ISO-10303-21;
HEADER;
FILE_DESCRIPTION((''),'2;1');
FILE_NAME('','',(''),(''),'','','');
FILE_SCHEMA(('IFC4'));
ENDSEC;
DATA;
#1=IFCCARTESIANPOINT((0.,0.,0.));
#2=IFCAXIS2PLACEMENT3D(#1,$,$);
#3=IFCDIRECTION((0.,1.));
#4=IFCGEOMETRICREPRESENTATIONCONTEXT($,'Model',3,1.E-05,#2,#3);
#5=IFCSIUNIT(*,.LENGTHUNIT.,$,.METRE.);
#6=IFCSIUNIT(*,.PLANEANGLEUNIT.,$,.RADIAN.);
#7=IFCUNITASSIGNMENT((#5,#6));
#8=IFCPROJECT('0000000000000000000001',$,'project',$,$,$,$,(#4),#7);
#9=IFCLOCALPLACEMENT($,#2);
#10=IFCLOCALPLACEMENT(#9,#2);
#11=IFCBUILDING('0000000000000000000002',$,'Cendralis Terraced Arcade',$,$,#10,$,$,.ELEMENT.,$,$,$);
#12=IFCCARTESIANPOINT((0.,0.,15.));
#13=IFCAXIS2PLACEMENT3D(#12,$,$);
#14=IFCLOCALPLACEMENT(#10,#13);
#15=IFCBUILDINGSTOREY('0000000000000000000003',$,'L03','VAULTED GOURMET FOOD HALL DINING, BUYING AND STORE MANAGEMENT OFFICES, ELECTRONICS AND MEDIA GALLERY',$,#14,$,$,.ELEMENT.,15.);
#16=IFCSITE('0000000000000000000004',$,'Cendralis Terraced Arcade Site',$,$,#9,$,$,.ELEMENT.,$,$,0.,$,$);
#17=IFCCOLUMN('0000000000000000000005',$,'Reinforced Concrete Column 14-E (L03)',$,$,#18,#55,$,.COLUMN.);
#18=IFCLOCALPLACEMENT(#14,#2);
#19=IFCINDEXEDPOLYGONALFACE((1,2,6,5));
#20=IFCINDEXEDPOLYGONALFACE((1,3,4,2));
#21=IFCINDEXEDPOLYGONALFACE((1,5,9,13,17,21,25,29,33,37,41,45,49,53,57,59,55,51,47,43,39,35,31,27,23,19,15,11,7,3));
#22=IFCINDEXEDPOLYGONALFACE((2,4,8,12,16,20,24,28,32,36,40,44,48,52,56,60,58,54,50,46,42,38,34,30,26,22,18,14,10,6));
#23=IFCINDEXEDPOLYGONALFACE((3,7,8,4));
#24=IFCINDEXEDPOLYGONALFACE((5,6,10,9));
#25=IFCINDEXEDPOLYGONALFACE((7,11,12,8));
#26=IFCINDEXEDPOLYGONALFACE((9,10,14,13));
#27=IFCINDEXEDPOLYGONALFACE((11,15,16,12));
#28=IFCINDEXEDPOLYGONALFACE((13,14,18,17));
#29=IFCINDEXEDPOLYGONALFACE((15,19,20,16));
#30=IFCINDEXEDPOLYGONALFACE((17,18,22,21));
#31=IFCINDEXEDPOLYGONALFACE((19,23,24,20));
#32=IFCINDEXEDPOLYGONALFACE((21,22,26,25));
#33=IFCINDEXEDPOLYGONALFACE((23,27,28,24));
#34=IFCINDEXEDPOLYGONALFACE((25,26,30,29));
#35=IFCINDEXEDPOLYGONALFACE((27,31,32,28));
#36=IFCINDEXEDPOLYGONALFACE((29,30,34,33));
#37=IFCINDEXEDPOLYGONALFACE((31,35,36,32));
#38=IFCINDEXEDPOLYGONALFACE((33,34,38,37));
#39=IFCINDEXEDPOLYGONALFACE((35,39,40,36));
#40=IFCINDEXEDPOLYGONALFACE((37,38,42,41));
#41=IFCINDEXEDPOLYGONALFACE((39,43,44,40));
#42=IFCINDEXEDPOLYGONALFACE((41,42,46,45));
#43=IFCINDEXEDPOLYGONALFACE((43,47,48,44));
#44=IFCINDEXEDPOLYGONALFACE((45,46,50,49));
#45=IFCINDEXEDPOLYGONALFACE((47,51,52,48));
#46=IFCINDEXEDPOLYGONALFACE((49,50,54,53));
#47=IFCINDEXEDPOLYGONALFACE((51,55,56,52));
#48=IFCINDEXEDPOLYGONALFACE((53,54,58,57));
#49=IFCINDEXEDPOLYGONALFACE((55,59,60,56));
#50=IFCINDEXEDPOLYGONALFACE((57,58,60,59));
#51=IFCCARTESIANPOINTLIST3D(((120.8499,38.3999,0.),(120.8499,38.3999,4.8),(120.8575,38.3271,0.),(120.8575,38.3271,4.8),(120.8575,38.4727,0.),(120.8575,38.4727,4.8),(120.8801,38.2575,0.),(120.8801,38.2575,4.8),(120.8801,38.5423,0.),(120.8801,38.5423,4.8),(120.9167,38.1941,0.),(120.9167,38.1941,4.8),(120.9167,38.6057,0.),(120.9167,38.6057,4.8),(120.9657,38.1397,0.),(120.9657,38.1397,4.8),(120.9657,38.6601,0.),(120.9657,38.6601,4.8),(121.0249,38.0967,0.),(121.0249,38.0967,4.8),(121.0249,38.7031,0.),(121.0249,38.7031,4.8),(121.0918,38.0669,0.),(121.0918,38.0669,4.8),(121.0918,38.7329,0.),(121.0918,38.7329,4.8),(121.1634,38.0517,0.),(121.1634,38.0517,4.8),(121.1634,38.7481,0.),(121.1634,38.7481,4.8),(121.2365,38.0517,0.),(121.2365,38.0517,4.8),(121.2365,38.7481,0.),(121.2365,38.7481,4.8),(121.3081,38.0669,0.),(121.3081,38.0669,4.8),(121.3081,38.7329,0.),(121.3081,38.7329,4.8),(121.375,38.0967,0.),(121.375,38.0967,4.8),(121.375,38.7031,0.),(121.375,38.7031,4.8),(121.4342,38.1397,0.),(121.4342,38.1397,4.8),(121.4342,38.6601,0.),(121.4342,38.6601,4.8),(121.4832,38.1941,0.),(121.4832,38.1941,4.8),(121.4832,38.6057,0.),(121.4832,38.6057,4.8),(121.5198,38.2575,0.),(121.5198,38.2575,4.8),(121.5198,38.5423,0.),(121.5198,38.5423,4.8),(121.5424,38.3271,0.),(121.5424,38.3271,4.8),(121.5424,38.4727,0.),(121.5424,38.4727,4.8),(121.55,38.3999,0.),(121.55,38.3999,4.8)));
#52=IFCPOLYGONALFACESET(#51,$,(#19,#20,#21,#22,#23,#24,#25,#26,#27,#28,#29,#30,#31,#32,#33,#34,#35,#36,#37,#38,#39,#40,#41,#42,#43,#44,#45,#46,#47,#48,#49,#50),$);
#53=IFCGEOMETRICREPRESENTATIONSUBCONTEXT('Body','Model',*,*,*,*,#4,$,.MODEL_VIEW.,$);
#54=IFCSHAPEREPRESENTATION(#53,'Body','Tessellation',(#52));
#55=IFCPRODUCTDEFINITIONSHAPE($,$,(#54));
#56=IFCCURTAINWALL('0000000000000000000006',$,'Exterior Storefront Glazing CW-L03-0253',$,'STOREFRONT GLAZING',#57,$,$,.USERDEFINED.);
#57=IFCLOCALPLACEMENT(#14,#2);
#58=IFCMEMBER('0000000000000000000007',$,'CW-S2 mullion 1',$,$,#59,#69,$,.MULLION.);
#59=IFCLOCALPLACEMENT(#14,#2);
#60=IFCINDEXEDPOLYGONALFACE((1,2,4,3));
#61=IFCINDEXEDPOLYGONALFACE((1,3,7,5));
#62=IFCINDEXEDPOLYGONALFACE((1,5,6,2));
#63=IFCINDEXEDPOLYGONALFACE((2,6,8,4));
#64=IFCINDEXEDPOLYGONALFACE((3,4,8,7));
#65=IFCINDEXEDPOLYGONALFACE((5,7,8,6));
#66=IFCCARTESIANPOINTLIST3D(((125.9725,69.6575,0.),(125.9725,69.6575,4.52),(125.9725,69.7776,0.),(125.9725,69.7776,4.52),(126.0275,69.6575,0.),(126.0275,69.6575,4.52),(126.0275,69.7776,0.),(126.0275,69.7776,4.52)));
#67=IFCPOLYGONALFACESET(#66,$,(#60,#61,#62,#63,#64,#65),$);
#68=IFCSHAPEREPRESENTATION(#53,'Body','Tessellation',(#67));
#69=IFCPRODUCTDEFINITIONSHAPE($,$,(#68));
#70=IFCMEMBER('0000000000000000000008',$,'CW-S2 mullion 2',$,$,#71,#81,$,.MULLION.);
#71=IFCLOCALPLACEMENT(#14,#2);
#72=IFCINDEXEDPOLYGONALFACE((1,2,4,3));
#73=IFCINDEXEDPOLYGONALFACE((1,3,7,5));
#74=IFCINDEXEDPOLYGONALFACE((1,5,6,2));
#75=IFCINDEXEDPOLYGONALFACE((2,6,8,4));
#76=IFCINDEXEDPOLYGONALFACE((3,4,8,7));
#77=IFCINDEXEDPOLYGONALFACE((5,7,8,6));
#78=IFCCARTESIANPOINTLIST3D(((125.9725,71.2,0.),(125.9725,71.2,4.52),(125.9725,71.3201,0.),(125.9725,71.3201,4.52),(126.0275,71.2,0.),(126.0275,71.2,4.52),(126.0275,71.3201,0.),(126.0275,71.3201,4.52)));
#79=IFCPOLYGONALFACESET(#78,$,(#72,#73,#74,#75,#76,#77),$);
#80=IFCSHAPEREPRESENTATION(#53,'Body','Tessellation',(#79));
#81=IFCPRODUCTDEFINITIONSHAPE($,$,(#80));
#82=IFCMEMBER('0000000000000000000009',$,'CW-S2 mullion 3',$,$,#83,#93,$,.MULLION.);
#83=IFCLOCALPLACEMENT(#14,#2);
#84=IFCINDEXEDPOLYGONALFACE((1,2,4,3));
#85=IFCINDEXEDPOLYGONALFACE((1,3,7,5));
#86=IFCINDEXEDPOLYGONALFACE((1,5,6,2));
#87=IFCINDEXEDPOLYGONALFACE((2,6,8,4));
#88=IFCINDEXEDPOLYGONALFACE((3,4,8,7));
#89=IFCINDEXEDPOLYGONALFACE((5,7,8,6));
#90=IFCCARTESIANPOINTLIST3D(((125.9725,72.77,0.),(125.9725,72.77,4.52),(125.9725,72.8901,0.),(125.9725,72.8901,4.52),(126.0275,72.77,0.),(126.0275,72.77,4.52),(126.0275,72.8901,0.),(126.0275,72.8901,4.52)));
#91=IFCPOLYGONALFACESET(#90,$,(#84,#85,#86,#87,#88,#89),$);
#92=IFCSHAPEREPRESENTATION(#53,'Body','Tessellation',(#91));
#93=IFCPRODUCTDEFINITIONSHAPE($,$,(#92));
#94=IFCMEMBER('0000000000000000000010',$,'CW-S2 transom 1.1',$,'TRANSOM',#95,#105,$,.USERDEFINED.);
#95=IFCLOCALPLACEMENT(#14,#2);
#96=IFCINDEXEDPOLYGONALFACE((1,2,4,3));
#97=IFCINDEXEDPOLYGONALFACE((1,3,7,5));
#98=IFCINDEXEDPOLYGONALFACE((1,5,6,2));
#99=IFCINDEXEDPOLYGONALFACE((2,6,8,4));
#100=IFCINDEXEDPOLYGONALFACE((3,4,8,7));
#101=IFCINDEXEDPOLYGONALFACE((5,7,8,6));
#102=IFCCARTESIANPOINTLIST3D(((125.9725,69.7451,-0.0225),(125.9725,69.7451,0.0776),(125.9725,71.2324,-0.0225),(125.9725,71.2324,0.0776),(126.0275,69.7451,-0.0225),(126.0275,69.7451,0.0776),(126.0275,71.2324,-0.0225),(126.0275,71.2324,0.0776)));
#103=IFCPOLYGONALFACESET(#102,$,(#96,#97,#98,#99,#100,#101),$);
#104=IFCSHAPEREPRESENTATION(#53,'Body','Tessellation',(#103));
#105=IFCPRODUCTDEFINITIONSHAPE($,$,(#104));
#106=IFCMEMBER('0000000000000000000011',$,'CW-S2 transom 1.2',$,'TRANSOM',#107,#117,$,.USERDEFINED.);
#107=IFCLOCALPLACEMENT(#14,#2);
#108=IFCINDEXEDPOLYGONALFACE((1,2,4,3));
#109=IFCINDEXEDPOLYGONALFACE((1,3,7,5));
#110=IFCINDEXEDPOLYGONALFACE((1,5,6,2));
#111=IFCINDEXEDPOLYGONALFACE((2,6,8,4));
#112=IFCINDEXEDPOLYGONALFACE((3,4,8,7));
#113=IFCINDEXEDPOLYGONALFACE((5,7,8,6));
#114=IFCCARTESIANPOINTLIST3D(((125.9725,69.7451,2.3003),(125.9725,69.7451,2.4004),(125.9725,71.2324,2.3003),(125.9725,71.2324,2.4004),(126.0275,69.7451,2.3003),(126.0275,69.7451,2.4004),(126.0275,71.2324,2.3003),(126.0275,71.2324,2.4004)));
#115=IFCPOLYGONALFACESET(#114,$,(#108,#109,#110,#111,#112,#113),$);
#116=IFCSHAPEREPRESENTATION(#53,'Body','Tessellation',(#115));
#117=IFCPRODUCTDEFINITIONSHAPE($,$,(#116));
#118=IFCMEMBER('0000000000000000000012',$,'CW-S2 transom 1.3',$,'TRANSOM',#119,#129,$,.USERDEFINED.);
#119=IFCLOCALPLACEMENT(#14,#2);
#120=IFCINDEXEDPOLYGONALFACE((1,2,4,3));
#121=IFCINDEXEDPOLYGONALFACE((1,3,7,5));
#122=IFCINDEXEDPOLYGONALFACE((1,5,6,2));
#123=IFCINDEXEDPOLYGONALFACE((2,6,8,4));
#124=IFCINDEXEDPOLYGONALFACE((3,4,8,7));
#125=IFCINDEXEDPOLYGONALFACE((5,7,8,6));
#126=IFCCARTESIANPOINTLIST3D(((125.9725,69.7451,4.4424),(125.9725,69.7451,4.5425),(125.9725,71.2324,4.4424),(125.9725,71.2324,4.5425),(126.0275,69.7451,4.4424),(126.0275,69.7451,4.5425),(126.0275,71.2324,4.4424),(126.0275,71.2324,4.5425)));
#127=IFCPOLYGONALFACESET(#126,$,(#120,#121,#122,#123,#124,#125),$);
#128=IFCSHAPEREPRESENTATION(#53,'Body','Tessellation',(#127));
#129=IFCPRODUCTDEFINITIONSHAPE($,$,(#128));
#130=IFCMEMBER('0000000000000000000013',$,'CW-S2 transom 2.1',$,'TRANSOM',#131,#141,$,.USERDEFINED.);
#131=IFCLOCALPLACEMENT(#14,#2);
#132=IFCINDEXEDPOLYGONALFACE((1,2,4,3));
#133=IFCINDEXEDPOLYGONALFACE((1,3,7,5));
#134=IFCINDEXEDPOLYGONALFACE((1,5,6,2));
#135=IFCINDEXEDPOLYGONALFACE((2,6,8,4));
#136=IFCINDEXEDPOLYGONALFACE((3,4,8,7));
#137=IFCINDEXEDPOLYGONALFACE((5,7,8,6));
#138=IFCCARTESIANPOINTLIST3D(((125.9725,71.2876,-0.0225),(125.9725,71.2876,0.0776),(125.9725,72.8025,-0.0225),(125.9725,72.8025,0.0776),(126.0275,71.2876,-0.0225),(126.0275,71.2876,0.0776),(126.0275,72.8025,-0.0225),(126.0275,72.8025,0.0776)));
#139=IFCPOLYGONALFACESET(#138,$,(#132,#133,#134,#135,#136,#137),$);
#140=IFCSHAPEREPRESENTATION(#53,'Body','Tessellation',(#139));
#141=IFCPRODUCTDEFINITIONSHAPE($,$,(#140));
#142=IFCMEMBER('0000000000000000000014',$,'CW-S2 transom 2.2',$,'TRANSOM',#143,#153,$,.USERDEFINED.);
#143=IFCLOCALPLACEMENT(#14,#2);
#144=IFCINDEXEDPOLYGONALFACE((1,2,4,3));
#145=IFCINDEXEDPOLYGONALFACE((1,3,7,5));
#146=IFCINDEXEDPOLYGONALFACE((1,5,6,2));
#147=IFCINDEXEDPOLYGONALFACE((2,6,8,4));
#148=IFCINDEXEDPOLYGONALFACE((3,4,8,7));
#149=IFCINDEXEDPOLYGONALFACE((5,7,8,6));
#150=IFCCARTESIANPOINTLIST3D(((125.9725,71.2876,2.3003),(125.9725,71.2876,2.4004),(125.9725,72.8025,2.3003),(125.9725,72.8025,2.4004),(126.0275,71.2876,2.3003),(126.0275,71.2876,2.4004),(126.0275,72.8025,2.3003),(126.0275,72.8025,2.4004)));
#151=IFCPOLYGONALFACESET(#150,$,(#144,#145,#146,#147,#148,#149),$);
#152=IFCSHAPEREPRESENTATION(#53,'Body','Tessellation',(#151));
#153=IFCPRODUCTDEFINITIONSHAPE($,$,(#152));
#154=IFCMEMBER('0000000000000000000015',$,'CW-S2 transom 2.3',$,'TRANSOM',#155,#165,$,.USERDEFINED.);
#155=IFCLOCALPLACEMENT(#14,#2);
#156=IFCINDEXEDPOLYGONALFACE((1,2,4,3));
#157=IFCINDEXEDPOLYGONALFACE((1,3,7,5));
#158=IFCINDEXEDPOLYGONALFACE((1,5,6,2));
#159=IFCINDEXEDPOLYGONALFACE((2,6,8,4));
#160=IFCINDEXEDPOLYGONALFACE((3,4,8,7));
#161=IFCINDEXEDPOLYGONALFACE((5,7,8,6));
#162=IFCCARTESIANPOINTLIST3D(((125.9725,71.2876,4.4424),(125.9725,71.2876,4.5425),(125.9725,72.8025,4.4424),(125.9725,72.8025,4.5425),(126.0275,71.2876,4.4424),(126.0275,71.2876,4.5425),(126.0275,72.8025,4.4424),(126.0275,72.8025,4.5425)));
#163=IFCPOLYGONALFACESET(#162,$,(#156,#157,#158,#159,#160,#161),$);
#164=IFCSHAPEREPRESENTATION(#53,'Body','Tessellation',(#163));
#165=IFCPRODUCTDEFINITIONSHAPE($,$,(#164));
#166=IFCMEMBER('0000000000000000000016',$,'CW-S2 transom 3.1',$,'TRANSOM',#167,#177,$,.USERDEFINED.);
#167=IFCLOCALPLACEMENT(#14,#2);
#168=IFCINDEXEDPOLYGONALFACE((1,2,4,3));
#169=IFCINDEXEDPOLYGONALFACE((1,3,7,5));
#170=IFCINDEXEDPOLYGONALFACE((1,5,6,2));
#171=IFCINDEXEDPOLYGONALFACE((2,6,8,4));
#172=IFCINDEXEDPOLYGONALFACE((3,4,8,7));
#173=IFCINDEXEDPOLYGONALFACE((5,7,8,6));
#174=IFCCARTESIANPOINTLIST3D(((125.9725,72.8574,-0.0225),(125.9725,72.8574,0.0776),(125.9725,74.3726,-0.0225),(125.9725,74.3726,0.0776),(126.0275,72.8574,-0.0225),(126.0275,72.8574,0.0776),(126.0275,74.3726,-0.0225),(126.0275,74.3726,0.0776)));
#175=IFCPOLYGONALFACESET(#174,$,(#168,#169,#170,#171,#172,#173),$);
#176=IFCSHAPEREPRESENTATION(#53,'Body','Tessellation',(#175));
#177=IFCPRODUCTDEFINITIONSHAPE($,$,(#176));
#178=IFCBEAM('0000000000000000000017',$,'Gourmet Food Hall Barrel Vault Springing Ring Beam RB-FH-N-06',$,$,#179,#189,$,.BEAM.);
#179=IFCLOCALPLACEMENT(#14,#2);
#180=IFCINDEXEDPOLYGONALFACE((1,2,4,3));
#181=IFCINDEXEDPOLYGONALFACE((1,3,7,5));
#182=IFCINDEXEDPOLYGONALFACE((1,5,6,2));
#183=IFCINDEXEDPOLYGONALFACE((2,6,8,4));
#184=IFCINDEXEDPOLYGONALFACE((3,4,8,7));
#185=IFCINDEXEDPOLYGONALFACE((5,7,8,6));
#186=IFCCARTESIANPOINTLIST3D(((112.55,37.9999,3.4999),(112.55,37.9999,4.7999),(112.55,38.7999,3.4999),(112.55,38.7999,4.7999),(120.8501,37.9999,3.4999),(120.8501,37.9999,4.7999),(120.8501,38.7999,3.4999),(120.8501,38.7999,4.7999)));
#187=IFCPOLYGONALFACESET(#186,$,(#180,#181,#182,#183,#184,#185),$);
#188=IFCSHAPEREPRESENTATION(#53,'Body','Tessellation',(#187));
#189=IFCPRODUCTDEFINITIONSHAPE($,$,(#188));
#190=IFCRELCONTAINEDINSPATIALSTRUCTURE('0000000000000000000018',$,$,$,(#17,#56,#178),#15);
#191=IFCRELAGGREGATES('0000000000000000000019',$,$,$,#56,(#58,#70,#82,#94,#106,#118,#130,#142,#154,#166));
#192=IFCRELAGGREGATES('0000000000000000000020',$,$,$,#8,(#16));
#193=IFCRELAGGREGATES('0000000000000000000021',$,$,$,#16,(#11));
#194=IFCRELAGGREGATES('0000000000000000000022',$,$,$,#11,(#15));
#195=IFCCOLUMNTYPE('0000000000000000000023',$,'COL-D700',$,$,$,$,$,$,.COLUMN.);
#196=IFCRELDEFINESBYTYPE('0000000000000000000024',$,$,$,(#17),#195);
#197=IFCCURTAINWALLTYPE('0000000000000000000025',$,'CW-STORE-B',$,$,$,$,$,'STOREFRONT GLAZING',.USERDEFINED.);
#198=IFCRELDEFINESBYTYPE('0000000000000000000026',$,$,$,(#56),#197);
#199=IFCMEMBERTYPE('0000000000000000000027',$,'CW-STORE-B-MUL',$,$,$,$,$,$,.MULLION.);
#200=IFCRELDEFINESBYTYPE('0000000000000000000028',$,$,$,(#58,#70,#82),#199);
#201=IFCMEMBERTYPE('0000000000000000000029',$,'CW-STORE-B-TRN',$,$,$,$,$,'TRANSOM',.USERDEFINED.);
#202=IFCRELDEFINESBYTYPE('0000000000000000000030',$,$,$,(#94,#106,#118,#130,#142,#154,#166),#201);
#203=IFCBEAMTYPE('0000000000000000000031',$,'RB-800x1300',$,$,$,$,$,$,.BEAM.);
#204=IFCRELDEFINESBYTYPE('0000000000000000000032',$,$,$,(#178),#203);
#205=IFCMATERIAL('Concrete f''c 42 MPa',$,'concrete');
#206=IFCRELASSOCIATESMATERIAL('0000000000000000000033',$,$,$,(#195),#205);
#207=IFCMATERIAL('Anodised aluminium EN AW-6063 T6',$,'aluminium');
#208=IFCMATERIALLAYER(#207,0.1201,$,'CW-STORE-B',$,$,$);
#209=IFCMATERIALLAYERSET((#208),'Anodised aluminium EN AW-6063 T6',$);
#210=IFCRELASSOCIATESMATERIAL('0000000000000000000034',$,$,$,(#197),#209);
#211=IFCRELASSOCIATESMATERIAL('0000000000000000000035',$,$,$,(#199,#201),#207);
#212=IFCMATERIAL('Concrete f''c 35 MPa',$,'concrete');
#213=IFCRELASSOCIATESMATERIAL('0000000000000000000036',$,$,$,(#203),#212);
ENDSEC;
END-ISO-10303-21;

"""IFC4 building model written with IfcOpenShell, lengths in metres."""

from ifc_helpers import new_model, si_unit, direction, frame, origin, origin_2d, place, context, subcontext, project, spatial, rectangle, circle, extrude, material, layer, layer_set, material_profile, profile_set, type_object, element, aggregate, save


model = new_model("IFC4")

# Units and contexts
model_context = context("Model", 3, precision=1e-05, world=origin(), true_north=direction((0.0, 1.0)))
body_context = subcontext(model_context, "Body", "Model", "MODEL_VIEW")
ifc_project = project(units=[si_unit("LENGTHUNIT", "METRE"), si_unit("PLANEANGLEUNIT", "RADIAN")], contexts=[model_context])

# Site, building, storey
site_placement = place(None, origin())
site = spatial("IfcSite", under=ifc_project, at=site_placement, Name="Cendralis Terraced Arcade Site", CompositionType="ELEMENT", RefElevation=0.0)
building_placement = place(site_placement, origin())
building = spatial("IfcBuilding", under=site, at=building_placement, Name="Cendralis Terraced Arcade", CompositionType="ELEMENT")
storey_placement = place(building_placement, frame((0.0, 0.0, 15.0)))
storey = spatial("IfcBuildingStorey", under=building, at=storey_placement, Name="L03", Description="VAULTED GOURMET FOOD HALL DINING, BUYING AND STORE MANAGEMENT OFFICES, ELECTRONICS AND MEDIA GALLERY", CompositionType="ELEMENT", Elevation=15.0)

# Column
ifc_material_1 = material(Name="Concrete f'c 42 MPa", Category="concrete")
ifc_material_profile_1 = material_profile(ifc_material_1, circle(Radius=0.3501, at=origin_2d()), Name="RC-COL-D700", Category="LoadBearing")
ifc_profile_set_1 = profile_set([ifc_material_profile_1], Name="Concrete f'c 42 MPa")
column_type = type_object("IfcColumnType", Name="COL-D700", PredefinedType="COLUMN", material=ifc_profile_set_1)
column_placement = place(storey_placement, frame((121.2, 38.3999, 0.0), z_axis=(0.0, 0.0, 1.0), x_axis=(1.0, 0.0, 0.0)))
element("IfcColumn", 1, at=column_placement, inside=storey, type_object=column_type, Name="Reinforced Concrete Column 14-E (L03)", PredefinedType="COLUMN", context=body_context, shape_type="SweptSolid", body=[
    extrude(circle(Radius=0.3501, at=origin_2d()), origin(), (0.0, 0.0, 1.0), 4.8),
])

# Curtain wall, members
ifc_material_2 = material(Name="Anodised aluminium EN AW-6063 T6", Category="aluminium")
ifc_layer_1 = layer(ifc_material_2, 0.1201, Name="CW-STORE-B")
ifc_layer_set_1 = layer_set([ifc_layer_1], Name="Anodised aluminium EN AW-6063 T6")
curtain_wall_type = type_object("IfcCurtainWallType", Name="CW-STORE-B", ElementType="STOREFRONT GLAZING", PredefinedType="USERDEFINED", material=ifc_layer_set_1)
curtain_wall_placement = place(storey_placement, origin())
curtain_wall = element("IfcCurtainWall", 2, at=curtain_wall_placement, inside=storey, type_object=curtain_wall_type, Name="Exterior Storefront Glazing CW-L03-0253", ObjectType="STOREFRONT GLAZING", PredefinedType="USERDEFINED")
ifc_material_profile_2 = material_profile(ifc_material_2, rectangle(XDim=0.0549, YDim=0.1201, at=origin_2d()), Name="ALU-MUL-55x120")
ifc_profile_set_2 = profile_set([ifc_material_profile_2], Name="Anodised aluminium EN AW-6063 T6")
member_type_1 = type_object("IfcMemberType", Name="CW-STORE-B-MUL", PredefinedType="MULLION", material=ifc_profile_set_2)
member_1_placement = place(storey_placement, frame((126.0, 69.7175, 0.0), z_axis=(0.0, 0.0, 1.0), x_axis=(-1.0, 0.0, 0.0)))
member_1 = element("IfcMember", 3, at=member_1_placement, type_object=member_type_1, Name="CW-S2 mullion 1", PredefinedType="MULLION", context=body_context, shape_type="SweptSolid", body=[
    extrude(rectangle(XDim=0.0549, YDim=0.1201, at=origin_2d()), origin(), (0.0, 0.0, 1.0), 4.52),
])
member_2_placement = place(storey_placement, frame((126.0, 71.26, 0.0), z_axis=(0.0, 0.0, 1.0), x_axis=(-1.0, 0.0, 0.0)))
member_2 = element("IfcMember", 4, at=member_2_placement, type_object=member_type_1, Name="CW-S2 mullion 2", PredefinedType="MULLION", context=body_context, shape_type="SweptSolid", body=[
    extrude(rectangle(XDim=0.0549, YDim=0.1201, at=origin_2d()), origin(), (0.0, 0.0, 1.0), 4.52),
])
member_3_placement = place(storey_placement, frame((126.0, 72.8301, 0.0), z_axis=(0.0, 0.0, 1.0), x_axis=(-1.0, 0.0, 0.0)))
member_3 = element("IfcMember", 5, at=member_3_placement, type_object=member_type_1, Name="CW-S2 mullion 3", PredefinedType="MULLION", context=body_context, shape_type="SweptSolid", body=[
    extrude(rectangle(XDim=0.0549, YDim=0.1201, at=origin_2d()), origin(), (0.0, 0.0, 1.0), 4.52),
])
ifc_material_profile_3 = material_profile(ifc_material_2, rectangle(XDim=0.0549, YDim=0.1001, at=origin_2d()), Name="ALU-TRN-55x100")
ifc_profile_set_3 = profile_set([ifc_material_profile_3], Name="Anodised aluminium EN AW-6063 T6")
member_type_2 = type_object("IfcMemberType", Name="CW-STORE-B-TRN", ElementType="TRANSOM", PredefinedType="USERDEFINED", material=ifc_profile_set_3)
member_4_placement = place(storey_placement, frame((126.0, 69.7451, 0.0276), z_axis=(0.0, 1.0, 0.0), x_axis=(-1.0, 0.0, 0.0)))
member_4 = element("IfcMember", 6, at=member_4_placement, type_object=member_type_2, Name="CW-S2 transom 1.1", ObjectType="TRANSOM", PredefinedType="USERDEFINED", context=body_context, shape_type="SweptSolid", body=[
    extrude(rectangle(XDim=0.0549, YDim=0.1001, at=origin_2d()), origin(), (0.0, 0.0, 1.0), 1.4873),
])
member_5_placement = place(storey_placement, frame((126.0, 69.7451, 2.3503), z_axis=(0.0, 1.0, 0.0), x_axis=(-1.0, 0.0, 0.0)))
member_5 = element("IfcMember", 7, at=member_5_placement, type_object=member_type_2, Name="CW-S2 transom 1.2", ObjectType="TRANSOM", PredefinedType="USERDEFINED", context=body_context, shape_type="SweptSolid", body=[
    extrude(rectangle(XDim=0.0549, YDim=0.1001, at=origin_2d()), origin(), (0.0, 0.0, 1.0), 1.4873),
])
member_6_placement = place(storey_placement, frame((126.0, 69.7451, 4.4924), z_axis=(0.0, 1.0, 0.0), x_axis=(-1.0, 0.0, 0.0)))
member_6 = element("IfcMember", 8, at=member_6_placement, type_object=member_type_2, Name="CW-S2 transom 1.3", ObjectType="TRANSOM", PredefinedType="USERDEFINED", context=body_context, shape_type="SweptSolid", body=[
    extrude(rectangle(XDim=0.0549, YDim=0.1001, at=origin_2d()), origin(), (0.0, 0.0, 1.0), 1.4873),
])
member_7_placement = place(storey_placement, frame((126.0, 71.2876, 0.0276), z_axis=(0.0, 1.0, 0.0), x_axis=(-1.0, 0.0, 0.0)))
member_7 = element("IfcMember", 9, at=member_7_placement, type_object=member_type_2, Name="CW-S2 transom 2.1", ObjectType="TRANSOM", PredefinedType="USERDEFINED", context=body_context, shape_type="SweptSolid", body=[
    extrude(rectangle(XDim=0.0549, YDim=0.1001, at=origin_2d()), origin(), (0.0, 0.0, 1.0), 1.5149),
])
member_8_placement = place(storey_placement, frame((126.0, 71.2876, 2.3503), z_axis=(0.0, 1.0, 0.0), x_axis=(-1.0, 0.0, 0.0)))
member_8 = element("IfcMember", 10, at=member_8_placement, type_object=member_type_2, Name="CW-S2 transom 2.2", ObjectType="TRANSOM", PredefinedType="USERDEFINED", context=body_context, shape_type="SweptSolid", body=[
    extrude(rectangle(XDim=0.0549, YDim=0.1001, at=origin_2d()), origin(), (0.0, 0.0, 1.0), 1.5149),
])
member_9_placement = place(storey_placement, frame((126.0, 71.2876, 4.4924), z_axis=(0.0, 1.0, 0.0), x_axis=(-1.0, 0.0, 0.0)))
member_9 = element("IfcMember", 11, at=member_9_placement, type_object=member_type_2, Name="CW-S2 transom 2.3", ObjectType="TRANSOM", PredefinedType="USERDEFINED", context=body_context, shape_type="SweptSolid", body=[
    extrude(rectangle(XDim=0.0549, YDim=0.1001, at=origin_2d()), origin(), (0.0, 0.0, 1.0), 1.5149),
])
member_10_placement = place(storey_placement, frame((126.0, 72.8574, 0.0276), z_axis=(0.0, 1.0, 0.0), x_axis=(-1.0, 0.0, 0.0)))
member_10 = element("IfcMember", 12, at=member_10_placement, type_object=member_type_2, Name="CW-S2 transom 3.1", ObjectType="TRANSOM", PredefinedType="USERDEFINED", context=body_context, shape_type="SweptSolid", body=[
    extrude(rectangle(XDim=0.0549, YDim=0.1001, at=origin_2d()), origin(), (0.0, 0.0, 1.0), 1.5151),
])

# Beam
ifc_material_3 = material(Name="Concrete f'c 35 MPa", Category="concrete")
ifc_material_profile_4 = material_profile(ifc_material_3, rectangle(XDim=0.8, YDim=1.3, at=origin_2d()), Name="RC-RB-800x1300", Category="LoadBearing")
ifc_profile_set_4 = profile_set([ifc_material_profile_4], Name="Concrete f'c 35 MPa")
beam_type = type_object("IfcBeamType", Name="RB-800x1300", PredefinedType="BEAM", material=ifc_profile_set_4)
for number, where, z_axis, x_axis, name in (
    (13, (112.55, 38.3999, 4.1499), (1.0, 0.0, 0.0), (0.0, 1.0, 0.0), "Gourmet Food Hall Barrel Vault Springing Ring Beam RB-FH-N-06"),
):
    element("IfcBeam", number, at=place(storey_placement, frame(where, z_axis=z_axis, x_axis=x_axis)), inside=storey, type_object=beam_type, Name=name, PredefinedType="BEAM", context=body_context, shape_type="SweptSolid", body=[
        extrude(rectangle(XDim=0.8, YDim=1.3, at=origin_2d()), origin(), (0.0, 0.0, 1.0), 8.3),
    ])

aggregate(curtain_wall, [member_1, member_2, member_3, member_4, member_5, member_6, member_7, member_8, member_9, member_10])

save(model, "model.ifc")
